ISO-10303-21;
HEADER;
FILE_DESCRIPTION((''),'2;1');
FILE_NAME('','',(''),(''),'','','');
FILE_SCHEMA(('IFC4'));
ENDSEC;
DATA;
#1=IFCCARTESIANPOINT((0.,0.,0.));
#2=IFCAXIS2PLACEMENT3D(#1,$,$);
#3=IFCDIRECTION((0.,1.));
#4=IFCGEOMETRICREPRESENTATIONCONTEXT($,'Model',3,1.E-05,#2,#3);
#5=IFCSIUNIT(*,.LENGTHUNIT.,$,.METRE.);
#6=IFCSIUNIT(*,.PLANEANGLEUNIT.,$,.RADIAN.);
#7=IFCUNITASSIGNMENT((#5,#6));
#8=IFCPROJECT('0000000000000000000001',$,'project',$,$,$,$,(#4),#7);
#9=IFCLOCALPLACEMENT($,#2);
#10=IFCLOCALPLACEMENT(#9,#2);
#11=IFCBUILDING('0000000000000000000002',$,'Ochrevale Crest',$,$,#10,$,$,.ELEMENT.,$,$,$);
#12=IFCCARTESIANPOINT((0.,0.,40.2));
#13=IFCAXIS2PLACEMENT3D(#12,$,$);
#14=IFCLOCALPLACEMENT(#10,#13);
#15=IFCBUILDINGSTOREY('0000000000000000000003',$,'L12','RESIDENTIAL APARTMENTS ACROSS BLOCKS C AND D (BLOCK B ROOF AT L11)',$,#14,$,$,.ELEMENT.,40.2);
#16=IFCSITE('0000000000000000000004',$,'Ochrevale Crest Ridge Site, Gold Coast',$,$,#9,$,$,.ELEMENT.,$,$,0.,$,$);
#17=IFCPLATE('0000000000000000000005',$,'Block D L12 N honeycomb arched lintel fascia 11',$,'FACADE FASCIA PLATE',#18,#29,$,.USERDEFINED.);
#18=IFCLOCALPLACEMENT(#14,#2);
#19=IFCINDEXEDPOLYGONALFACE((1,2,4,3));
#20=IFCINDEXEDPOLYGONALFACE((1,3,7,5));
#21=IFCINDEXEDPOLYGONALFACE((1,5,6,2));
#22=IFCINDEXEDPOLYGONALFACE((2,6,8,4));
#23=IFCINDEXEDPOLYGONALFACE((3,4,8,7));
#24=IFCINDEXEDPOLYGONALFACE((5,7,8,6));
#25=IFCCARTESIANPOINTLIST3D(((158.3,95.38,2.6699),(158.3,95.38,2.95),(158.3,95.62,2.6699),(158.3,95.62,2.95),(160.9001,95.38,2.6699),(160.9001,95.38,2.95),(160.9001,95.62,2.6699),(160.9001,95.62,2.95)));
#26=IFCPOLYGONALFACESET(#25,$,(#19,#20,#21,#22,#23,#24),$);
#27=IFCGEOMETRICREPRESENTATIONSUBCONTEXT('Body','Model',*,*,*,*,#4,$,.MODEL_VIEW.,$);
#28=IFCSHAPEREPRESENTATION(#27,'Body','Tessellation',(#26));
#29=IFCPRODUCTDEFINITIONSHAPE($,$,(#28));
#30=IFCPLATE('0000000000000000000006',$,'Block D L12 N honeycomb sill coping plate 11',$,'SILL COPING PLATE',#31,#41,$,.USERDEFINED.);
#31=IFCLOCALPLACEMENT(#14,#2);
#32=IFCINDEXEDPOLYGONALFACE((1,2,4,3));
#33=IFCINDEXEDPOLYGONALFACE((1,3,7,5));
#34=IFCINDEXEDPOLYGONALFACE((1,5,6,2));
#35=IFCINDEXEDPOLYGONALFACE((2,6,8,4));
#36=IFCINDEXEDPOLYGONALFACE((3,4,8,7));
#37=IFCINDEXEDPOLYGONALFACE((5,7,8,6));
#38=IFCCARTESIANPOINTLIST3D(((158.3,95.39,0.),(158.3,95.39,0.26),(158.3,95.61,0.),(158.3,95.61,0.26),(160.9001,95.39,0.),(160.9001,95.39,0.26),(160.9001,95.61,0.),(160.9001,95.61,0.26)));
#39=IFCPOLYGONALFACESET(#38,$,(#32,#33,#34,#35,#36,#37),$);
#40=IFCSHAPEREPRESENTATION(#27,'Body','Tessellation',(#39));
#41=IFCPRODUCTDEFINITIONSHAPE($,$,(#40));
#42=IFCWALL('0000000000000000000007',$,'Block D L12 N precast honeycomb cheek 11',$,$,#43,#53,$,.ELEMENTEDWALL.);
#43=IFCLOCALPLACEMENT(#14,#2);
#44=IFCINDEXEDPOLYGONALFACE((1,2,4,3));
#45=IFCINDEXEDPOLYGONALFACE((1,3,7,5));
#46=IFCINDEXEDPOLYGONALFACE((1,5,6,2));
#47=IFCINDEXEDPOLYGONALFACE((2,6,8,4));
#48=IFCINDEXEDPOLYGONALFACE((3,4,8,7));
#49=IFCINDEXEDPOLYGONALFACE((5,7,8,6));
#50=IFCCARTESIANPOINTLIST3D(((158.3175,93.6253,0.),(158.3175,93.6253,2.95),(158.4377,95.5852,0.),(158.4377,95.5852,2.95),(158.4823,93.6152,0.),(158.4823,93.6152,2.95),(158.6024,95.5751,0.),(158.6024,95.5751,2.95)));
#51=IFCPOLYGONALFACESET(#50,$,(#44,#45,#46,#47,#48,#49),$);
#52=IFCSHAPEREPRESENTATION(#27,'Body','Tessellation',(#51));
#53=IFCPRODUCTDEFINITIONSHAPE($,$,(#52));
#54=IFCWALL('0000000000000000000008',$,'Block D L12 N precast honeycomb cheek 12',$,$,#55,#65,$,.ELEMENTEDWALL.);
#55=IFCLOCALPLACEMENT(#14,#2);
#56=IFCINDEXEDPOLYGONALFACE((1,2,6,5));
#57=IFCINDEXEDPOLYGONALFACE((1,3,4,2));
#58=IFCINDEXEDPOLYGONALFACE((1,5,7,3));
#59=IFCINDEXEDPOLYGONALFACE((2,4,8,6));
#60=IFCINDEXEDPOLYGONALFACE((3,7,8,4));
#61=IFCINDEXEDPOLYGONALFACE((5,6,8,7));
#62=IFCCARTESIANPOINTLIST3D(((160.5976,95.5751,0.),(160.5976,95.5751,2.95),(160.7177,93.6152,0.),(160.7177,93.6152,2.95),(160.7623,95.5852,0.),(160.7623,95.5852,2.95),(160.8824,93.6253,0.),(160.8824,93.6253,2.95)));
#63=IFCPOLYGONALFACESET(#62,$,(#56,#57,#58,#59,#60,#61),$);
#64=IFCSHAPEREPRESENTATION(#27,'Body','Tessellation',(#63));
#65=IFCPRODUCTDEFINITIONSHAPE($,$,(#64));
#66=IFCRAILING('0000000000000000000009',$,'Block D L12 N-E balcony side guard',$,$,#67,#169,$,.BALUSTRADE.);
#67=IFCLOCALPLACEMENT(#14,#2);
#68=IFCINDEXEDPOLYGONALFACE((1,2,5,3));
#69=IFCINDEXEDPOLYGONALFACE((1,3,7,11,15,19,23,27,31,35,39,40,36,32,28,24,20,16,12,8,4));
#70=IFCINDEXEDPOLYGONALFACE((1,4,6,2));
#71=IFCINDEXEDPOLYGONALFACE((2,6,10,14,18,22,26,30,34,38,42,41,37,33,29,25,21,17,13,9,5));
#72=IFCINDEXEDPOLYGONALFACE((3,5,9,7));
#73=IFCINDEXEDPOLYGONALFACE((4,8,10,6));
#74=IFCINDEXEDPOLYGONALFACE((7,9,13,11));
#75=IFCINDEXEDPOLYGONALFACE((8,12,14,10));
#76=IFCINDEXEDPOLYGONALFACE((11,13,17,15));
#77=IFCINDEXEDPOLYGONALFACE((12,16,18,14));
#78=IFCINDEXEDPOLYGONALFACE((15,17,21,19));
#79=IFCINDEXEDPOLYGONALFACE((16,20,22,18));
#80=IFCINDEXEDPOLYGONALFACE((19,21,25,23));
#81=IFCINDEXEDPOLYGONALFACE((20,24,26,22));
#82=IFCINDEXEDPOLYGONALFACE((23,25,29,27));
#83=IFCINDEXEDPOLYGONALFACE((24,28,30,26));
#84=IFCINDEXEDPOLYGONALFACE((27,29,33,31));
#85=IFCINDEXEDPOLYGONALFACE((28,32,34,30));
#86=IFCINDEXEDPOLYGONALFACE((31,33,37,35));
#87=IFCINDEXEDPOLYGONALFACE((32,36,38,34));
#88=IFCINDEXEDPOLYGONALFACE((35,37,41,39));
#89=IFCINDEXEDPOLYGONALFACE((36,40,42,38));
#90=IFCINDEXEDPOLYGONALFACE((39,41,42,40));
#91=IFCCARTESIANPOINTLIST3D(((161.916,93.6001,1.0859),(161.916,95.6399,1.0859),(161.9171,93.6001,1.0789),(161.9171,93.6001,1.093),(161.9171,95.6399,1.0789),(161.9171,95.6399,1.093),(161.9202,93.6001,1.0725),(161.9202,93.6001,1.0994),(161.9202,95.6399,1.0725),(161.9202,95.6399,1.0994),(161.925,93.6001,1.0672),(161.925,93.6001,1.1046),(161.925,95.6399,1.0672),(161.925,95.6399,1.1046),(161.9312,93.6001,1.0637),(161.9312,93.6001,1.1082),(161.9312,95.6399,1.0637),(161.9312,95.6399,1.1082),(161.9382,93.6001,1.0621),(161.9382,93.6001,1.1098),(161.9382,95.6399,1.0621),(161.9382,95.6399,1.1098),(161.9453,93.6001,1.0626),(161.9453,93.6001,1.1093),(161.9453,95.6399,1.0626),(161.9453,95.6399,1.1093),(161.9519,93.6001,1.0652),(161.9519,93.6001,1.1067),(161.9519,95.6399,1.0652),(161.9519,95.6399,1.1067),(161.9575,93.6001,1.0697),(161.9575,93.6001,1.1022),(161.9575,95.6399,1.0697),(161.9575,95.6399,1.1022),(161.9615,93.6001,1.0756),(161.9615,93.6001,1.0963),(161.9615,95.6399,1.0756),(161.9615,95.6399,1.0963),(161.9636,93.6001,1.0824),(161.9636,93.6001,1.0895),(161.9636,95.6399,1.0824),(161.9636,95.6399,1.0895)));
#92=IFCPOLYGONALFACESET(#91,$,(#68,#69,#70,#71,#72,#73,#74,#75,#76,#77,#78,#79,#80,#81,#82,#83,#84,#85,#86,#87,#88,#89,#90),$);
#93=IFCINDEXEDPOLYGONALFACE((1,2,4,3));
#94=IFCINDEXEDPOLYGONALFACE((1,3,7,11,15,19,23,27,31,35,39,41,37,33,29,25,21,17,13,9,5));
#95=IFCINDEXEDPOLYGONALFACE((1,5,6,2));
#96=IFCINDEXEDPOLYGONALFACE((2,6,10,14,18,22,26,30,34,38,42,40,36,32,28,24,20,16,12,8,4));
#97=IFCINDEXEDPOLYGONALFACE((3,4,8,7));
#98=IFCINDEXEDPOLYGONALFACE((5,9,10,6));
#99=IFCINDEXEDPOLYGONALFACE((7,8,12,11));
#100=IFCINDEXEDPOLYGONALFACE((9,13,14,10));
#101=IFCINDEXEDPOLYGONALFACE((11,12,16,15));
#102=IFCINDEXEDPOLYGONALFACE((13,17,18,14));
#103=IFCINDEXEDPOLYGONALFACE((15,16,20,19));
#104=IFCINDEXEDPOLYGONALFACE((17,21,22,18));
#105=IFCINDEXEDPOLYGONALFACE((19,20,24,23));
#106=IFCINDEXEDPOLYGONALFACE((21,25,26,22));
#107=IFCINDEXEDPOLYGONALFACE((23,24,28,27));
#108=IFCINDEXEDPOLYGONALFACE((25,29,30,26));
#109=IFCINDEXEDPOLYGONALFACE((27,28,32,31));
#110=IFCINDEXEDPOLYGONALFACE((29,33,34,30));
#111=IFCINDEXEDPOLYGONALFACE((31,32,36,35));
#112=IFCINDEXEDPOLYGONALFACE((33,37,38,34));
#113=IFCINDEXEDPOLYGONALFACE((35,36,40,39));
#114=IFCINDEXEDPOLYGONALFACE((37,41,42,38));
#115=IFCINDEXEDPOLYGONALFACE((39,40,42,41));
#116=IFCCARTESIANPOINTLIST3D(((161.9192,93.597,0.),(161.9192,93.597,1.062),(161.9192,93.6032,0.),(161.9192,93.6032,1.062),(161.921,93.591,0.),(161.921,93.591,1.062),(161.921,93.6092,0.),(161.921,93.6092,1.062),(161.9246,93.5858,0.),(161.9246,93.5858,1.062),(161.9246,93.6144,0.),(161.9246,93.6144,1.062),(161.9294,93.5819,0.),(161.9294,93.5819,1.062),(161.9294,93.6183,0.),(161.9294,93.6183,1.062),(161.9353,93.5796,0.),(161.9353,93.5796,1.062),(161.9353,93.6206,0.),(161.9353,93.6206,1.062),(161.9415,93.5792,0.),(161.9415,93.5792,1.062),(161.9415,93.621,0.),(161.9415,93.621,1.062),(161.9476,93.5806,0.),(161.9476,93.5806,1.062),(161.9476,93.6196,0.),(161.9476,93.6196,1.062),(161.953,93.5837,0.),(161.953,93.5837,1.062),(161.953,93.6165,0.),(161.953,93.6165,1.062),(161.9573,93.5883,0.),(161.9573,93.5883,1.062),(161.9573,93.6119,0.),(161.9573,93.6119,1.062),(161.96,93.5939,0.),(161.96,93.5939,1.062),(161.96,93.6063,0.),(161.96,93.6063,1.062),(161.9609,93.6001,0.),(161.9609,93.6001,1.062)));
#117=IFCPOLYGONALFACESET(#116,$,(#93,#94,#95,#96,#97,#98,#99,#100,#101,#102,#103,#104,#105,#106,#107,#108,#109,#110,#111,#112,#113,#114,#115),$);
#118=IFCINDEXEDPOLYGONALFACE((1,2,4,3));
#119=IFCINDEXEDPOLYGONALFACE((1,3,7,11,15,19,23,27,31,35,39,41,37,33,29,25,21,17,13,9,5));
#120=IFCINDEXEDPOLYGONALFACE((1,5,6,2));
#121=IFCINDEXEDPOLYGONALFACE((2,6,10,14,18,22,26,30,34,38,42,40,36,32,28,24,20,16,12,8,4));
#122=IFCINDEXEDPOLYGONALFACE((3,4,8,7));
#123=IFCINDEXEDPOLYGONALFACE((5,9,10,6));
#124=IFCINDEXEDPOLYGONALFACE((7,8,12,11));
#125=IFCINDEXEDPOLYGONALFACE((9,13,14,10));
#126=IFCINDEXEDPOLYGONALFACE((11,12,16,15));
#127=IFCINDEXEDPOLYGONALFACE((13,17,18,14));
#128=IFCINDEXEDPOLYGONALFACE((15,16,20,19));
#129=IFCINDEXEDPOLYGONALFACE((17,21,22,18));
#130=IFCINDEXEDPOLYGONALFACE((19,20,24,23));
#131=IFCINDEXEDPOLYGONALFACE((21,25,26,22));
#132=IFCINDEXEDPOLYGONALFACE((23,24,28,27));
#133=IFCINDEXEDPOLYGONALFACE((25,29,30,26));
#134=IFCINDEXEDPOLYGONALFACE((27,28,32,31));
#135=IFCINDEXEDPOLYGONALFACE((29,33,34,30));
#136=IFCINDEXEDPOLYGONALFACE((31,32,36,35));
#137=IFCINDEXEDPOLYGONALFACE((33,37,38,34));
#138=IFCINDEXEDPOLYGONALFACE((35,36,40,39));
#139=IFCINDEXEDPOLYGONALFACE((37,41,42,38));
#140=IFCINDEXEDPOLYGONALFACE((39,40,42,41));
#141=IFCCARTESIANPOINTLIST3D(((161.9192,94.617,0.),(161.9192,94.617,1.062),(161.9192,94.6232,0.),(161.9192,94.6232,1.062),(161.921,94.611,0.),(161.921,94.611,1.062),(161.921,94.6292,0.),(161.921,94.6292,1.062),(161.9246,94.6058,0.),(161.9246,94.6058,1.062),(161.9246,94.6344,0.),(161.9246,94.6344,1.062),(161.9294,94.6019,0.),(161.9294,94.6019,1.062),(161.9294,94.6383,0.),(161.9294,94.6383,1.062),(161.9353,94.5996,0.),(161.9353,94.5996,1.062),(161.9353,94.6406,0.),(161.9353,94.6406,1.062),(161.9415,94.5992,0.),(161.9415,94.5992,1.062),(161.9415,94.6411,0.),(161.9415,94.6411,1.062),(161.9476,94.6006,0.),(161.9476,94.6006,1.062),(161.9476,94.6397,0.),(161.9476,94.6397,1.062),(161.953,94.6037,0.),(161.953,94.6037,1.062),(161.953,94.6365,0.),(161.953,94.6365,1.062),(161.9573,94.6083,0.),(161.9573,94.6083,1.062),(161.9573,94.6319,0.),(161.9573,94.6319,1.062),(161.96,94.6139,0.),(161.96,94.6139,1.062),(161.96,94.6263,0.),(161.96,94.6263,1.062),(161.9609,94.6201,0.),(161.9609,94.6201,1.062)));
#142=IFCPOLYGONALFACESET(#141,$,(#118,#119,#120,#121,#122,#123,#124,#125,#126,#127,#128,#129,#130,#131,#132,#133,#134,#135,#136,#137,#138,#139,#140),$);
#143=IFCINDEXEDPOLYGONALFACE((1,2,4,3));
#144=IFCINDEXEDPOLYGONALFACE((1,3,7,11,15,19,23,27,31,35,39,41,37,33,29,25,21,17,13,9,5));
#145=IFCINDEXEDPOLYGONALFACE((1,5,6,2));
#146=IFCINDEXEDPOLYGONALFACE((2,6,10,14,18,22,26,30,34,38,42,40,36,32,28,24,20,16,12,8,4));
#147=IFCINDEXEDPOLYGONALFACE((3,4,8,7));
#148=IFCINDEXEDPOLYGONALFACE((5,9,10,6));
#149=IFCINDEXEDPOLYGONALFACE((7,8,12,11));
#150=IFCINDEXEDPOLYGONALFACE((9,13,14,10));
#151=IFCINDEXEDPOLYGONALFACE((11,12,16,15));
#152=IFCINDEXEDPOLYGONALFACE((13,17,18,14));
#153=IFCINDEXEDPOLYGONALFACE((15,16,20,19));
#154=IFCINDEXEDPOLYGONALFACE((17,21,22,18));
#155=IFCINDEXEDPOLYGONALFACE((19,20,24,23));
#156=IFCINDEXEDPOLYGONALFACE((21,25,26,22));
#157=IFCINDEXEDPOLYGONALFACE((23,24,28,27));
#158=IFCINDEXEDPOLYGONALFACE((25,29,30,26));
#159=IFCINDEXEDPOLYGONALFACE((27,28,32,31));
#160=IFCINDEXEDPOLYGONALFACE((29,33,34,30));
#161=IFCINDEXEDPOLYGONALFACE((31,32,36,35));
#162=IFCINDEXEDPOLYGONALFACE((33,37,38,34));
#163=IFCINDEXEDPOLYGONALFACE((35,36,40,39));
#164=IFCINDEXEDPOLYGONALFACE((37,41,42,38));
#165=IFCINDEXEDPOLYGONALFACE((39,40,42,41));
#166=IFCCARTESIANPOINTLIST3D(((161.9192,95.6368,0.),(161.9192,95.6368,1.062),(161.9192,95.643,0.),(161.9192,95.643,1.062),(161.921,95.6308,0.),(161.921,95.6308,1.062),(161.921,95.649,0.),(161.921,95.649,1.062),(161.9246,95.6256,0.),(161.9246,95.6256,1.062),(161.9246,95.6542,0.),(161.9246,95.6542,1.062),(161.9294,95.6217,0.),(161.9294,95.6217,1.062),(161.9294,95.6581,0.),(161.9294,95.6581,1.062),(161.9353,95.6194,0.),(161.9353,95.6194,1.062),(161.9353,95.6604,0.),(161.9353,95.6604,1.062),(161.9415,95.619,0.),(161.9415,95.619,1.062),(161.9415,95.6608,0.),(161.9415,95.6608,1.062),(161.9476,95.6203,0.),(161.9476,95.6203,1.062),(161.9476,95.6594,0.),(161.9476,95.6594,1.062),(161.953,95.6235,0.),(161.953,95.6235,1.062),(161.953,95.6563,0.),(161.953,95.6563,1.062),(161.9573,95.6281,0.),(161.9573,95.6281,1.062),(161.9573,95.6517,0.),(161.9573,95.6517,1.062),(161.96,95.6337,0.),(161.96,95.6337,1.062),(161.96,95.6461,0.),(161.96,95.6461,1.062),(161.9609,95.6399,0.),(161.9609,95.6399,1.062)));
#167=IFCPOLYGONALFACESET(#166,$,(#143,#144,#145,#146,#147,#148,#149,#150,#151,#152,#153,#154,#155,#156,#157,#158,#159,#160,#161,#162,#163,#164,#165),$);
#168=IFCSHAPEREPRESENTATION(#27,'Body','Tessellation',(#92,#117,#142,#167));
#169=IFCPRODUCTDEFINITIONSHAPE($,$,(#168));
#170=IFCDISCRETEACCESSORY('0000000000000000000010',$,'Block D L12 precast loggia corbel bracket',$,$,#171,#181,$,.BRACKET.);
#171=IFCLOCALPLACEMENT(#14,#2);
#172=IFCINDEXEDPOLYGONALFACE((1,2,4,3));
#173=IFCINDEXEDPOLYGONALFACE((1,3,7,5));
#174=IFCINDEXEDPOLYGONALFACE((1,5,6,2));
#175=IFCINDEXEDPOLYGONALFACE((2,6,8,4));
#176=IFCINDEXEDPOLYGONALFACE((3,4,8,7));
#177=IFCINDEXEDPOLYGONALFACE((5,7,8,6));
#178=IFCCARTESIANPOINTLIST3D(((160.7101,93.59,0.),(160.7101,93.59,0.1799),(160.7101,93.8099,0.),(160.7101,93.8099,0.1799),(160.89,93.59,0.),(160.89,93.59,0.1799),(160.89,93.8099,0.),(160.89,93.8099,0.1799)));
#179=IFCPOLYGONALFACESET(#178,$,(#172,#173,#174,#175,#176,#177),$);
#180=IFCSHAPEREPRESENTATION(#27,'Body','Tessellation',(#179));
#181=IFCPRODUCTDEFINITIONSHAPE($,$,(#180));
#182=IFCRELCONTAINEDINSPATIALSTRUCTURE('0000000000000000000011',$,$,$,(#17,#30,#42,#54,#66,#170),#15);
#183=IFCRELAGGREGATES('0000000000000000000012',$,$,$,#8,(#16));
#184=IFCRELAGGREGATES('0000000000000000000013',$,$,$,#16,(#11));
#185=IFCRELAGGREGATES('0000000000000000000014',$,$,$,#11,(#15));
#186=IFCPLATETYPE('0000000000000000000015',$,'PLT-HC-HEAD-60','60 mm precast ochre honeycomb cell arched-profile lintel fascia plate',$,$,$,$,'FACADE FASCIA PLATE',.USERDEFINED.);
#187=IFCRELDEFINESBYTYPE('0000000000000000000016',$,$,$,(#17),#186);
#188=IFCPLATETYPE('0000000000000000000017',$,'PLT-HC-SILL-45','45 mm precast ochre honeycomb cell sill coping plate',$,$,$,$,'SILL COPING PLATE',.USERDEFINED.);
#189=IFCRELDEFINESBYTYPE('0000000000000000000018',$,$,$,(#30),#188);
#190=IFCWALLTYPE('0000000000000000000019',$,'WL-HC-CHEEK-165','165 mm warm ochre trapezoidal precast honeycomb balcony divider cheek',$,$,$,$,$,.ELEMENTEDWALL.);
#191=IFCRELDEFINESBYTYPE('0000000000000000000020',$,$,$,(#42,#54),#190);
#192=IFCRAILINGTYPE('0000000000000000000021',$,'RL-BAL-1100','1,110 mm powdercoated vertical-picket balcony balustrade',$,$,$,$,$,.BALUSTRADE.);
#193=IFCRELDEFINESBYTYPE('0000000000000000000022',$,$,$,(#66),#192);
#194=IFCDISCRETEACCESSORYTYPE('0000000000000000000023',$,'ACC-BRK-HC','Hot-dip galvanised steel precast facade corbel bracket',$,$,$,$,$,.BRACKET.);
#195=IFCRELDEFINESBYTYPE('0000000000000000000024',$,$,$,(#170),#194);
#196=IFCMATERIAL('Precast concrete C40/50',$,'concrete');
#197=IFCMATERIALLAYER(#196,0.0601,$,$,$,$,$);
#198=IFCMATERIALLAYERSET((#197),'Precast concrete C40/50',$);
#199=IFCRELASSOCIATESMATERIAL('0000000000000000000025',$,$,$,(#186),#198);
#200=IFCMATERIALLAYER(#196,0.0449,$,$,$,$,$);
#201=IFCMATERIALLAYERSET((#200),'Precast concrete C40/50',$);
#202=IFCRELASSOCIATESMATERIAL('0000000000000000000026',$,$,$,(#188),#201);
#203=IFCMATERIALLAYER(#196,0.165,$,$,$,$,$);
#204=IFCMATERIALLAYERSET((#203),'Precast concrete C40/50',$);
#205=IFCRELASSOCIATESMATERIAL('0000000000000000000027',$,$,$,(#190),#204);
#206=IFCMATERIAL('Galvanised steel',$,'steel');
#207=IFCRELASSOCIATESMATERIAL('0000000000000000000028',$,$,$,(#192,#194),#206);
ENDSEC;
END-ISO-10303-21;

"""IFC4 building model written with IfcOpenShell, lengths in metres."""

from ifc_helpers import new_model, si_unit, direction, frame, frame_2d, origin, origin_2d, place, context, subcontext, project, spatial, rectangle, circle, extrude, material, layer, layer_set, type_object, element, save


model = new_model("IFC4")

# Units and contexts
model_context = context("Model", 3, precision=1e-05, world=origin(), true_north=direction((0.0, 1.0)))
body_context = subcontext(model_context, "Body", "Model", "MODEL_VIEW")
ifc_project = project(units=[si_unit("LENGTHUNIT", "METRE"), si_unit("PLANEANGLEUNIT", "RADIAN")], contexts=[model_context])

# Site, building, storey
site_placement = place(None, origin())
site = spatial("IfcSite", under=ifc_project, at=site_placement, Name="Ochrevale Crest Ridge Site, Gold Coast", CompositionType="ELEMENT", RefElevation=0.0)
building_placement = place(site_placement, origin())
building = spatial("IfcBuilding", under=site, at=building_placement, Name="Ochrevale Crest", CompositionType="ELEMENT")
storey_placement = place(building_placement, frame((0.0, 0.0, 40.2)))
storey = spatial("IfcBuildingStorey", under=building, at=storey_placement, Name="L12", Description="RESIDENTIAL APARTMENTS ACROSS BLOCKS C AND D (BLOCK B ROOF AT L11)", CompositionType="ELEMENT", Elevation=40.2)

# Shared definitions
ifc_material_1 = material(Name="Precast concrete C40/50", Category="concrete")

# Plates
ifc_layer_1 = layer(ifc_material_1, 0.0601)
ifc_layer_set_1 = layer_set([ifc_layer_1], Name="Precast concrete C40/50")
plate_type_1 = type_object("IfcPlateType", Name="PLT-HC-HEAD-60", Description="60 mm precast ochre honeycomb cell arched-profile lintel fascia plate", ElementType="FACADE FASCIA PLATE", PredefinedType="USERDEFINED", material=ifc_layer_set_1)
plate_1_placement = place(storey_placement, frame((159.6001, 95.5, 2.6699), z_axis=(0.0, 0.0, 1.0), x_axis=(1.0, 0.0, 0.0)))
element("IfcPlate", 1, at=plate_1_placement, inside=storey, type_object=plate_type_1, Name="Block D L12 N honeycomb arched lintel fascia 11", ObjectType="FACADE FASCIA PLATE", PredefinedType="USERDEFINED", context=body_context, shape_type="SweptSolid", body=[
    extrude(rectangle(XDim=2.6001, YDim=0.24, at=origin_2d()), origin(), (0.0, 0.0, 1.0), 0.28),
])
ifc_layer_2 = layer(ifc_material_1, 0.0449)
ifc_layer_set_2 = layer_set([ifc_layer_2], Name="Precast concrete C40/50")
plate_type_2 = type_object("IfcPlateType", Name="PLT-HC-SILL-45", Description="45 mm precast ochre honeycomb cell sill coping plate", ElementType="SILL COPING PLATE", PredefinedType="USERDEFINED", material=ifc_layer_set_2)
plate_2_placement = place(storey_placement, frame((159.6001, 95.5, 0.0), z_axis=(0.0, 0.0, 1.0), x_axis=(1.0, 0.0, 0.0)))
element("IfcPlate", 2, at=plate_2_placement, inside=storey, type_object=plate_type_2, Name="Block D L12 N honeycomb sill coping plate 11", ObjectType="SILL COPING PLATE", PredefinedType="USERDEFINED", context=body_context, shape_type="SweptSolid", body=[
    extrude(rectangle(XDim=2.6001, YDim=0.22, at=origin_2d()), origin(), (0.0, 0.0, 1.0), 0.26),
])

# Walls
ifc_layer_3 = layer(ifc_material_1, 0.165)
ifc_layer_set_3 = layer_set([ifc_layer_3], Name="Precast concrete C40/50")
wall_type_1 = type_object("IfcWallType", Name="WL-HC-CHEEK-165", Description="165 mm warm ochre trapezoidal precast honeycomb balcony divider cheek", PredefinedType="ELEMENTEDWALL", material=ifc_layer_set_3)
for number, where, z_axis, x_axis, name in (
    (3, (158.3999, 93.6201, 0.0), (0.0, 0.0, 1.0), (0.061171, 0.998127, 0.0), "Block D L12 N precast honeycomb cheek 11"),
    (4, (160.8, 93.6201, 0.0), (0.0, 0.0, 1.0), (-0.061171, 0.998127, 0.0), "Block D L12 N precast honeycomb cheek 12"),
):
    element("IfcWall", number, at=place(storey_placement, frame(where, z_axis=z_axis, x_axis=x_axis)), inside=storey, type_object=wall_type_1, Name=name, PredefinedType="ELEMENTEDWALL", context=body_context, shape_type="SweptSolid", body=[
        extrude(rectangle(XDim=1.9636, YDim=0.165, at=frame_2d((0.9819, 0.0))), origin(), (0.0, 0.0, 1.0), 2.95),
    ])

# Railing
ifc_material_2 = material(Name="Galvanised steel", Category="steel")
railing_type = type_object("IfcRailingType", Name="RL-BAL-1100", Description="1,110 mm powdercoated vertical-picket balcony balustrade", PredefinedType="BALUSTRADE", material=ifc_material_2)
railing_placement = place(storey_placement, frame((161.9399, 93.6001, 0.0)))
element("IfcRailing", 5, at=railing_placement, inside=storey, type_object=railing_type, Name="Block D L12 N-E balcony side guard", PredefinedType="BALUSTRADE", context=body_context, shape_type="SweptSolid", body=[
    extrude(circle(Radius=0.0239, at=origin_2d()), frame((0.0, 0.0, 1.0859), z_axis=(0.0, 1.0, 0.0), x_axis=(-1.0, 0.0, 0.0)), (0.0, 0.0, 1.0), 2.0398),
    extrude(circle(Radius=0.021, at=origin_2d()), origin(), (0.0, 0.0, 1.0), 1.062),
    extrude(circle(Radius=0.021, at=origin_2d()), frame((0.0, 1.02, 0.0)), (0.0, 0.0, 1.0), 1.062),
    extrude(circle(Radius=0.021, at=origin_2d()), frame((0.0, 2.0398, 0.0)), (0.0, 0.0, 1.0), 1.062),
])

# Discrete accessory
discrete_accessory_type = type_object("IfcDiscreteAccessoryType", Name="ACC-BRK-HC", Description="Hot-dip galvanised steel precast facade corbel bracket", PredefinedType="BRACKET", material=ifc_material_2)
discrete_accessory_placement = place(storey_placement, frame((160.8, 93.7, 0.0), z_axis=(0.0, 0.0, 1.0), x_axis=(1.0, 0.0, 0.0)))
element("IfcDiscreteAccessory", 6, at=discrete_accessory_placement, inside=storey, type_object=discrete_accessory_type, Name="Block D L12 precast loggia corbel bracket", PredefinedType="BRACKET", context=body_context, shape_type="SweptSolid", body=[
    extrude(rectangle(XDim=0.1799, YDim=0.22, at=origin_2d()), origin(), (0.0, 0.0, 1.0), 0.1799),
])

save(model, "model.ifc")
